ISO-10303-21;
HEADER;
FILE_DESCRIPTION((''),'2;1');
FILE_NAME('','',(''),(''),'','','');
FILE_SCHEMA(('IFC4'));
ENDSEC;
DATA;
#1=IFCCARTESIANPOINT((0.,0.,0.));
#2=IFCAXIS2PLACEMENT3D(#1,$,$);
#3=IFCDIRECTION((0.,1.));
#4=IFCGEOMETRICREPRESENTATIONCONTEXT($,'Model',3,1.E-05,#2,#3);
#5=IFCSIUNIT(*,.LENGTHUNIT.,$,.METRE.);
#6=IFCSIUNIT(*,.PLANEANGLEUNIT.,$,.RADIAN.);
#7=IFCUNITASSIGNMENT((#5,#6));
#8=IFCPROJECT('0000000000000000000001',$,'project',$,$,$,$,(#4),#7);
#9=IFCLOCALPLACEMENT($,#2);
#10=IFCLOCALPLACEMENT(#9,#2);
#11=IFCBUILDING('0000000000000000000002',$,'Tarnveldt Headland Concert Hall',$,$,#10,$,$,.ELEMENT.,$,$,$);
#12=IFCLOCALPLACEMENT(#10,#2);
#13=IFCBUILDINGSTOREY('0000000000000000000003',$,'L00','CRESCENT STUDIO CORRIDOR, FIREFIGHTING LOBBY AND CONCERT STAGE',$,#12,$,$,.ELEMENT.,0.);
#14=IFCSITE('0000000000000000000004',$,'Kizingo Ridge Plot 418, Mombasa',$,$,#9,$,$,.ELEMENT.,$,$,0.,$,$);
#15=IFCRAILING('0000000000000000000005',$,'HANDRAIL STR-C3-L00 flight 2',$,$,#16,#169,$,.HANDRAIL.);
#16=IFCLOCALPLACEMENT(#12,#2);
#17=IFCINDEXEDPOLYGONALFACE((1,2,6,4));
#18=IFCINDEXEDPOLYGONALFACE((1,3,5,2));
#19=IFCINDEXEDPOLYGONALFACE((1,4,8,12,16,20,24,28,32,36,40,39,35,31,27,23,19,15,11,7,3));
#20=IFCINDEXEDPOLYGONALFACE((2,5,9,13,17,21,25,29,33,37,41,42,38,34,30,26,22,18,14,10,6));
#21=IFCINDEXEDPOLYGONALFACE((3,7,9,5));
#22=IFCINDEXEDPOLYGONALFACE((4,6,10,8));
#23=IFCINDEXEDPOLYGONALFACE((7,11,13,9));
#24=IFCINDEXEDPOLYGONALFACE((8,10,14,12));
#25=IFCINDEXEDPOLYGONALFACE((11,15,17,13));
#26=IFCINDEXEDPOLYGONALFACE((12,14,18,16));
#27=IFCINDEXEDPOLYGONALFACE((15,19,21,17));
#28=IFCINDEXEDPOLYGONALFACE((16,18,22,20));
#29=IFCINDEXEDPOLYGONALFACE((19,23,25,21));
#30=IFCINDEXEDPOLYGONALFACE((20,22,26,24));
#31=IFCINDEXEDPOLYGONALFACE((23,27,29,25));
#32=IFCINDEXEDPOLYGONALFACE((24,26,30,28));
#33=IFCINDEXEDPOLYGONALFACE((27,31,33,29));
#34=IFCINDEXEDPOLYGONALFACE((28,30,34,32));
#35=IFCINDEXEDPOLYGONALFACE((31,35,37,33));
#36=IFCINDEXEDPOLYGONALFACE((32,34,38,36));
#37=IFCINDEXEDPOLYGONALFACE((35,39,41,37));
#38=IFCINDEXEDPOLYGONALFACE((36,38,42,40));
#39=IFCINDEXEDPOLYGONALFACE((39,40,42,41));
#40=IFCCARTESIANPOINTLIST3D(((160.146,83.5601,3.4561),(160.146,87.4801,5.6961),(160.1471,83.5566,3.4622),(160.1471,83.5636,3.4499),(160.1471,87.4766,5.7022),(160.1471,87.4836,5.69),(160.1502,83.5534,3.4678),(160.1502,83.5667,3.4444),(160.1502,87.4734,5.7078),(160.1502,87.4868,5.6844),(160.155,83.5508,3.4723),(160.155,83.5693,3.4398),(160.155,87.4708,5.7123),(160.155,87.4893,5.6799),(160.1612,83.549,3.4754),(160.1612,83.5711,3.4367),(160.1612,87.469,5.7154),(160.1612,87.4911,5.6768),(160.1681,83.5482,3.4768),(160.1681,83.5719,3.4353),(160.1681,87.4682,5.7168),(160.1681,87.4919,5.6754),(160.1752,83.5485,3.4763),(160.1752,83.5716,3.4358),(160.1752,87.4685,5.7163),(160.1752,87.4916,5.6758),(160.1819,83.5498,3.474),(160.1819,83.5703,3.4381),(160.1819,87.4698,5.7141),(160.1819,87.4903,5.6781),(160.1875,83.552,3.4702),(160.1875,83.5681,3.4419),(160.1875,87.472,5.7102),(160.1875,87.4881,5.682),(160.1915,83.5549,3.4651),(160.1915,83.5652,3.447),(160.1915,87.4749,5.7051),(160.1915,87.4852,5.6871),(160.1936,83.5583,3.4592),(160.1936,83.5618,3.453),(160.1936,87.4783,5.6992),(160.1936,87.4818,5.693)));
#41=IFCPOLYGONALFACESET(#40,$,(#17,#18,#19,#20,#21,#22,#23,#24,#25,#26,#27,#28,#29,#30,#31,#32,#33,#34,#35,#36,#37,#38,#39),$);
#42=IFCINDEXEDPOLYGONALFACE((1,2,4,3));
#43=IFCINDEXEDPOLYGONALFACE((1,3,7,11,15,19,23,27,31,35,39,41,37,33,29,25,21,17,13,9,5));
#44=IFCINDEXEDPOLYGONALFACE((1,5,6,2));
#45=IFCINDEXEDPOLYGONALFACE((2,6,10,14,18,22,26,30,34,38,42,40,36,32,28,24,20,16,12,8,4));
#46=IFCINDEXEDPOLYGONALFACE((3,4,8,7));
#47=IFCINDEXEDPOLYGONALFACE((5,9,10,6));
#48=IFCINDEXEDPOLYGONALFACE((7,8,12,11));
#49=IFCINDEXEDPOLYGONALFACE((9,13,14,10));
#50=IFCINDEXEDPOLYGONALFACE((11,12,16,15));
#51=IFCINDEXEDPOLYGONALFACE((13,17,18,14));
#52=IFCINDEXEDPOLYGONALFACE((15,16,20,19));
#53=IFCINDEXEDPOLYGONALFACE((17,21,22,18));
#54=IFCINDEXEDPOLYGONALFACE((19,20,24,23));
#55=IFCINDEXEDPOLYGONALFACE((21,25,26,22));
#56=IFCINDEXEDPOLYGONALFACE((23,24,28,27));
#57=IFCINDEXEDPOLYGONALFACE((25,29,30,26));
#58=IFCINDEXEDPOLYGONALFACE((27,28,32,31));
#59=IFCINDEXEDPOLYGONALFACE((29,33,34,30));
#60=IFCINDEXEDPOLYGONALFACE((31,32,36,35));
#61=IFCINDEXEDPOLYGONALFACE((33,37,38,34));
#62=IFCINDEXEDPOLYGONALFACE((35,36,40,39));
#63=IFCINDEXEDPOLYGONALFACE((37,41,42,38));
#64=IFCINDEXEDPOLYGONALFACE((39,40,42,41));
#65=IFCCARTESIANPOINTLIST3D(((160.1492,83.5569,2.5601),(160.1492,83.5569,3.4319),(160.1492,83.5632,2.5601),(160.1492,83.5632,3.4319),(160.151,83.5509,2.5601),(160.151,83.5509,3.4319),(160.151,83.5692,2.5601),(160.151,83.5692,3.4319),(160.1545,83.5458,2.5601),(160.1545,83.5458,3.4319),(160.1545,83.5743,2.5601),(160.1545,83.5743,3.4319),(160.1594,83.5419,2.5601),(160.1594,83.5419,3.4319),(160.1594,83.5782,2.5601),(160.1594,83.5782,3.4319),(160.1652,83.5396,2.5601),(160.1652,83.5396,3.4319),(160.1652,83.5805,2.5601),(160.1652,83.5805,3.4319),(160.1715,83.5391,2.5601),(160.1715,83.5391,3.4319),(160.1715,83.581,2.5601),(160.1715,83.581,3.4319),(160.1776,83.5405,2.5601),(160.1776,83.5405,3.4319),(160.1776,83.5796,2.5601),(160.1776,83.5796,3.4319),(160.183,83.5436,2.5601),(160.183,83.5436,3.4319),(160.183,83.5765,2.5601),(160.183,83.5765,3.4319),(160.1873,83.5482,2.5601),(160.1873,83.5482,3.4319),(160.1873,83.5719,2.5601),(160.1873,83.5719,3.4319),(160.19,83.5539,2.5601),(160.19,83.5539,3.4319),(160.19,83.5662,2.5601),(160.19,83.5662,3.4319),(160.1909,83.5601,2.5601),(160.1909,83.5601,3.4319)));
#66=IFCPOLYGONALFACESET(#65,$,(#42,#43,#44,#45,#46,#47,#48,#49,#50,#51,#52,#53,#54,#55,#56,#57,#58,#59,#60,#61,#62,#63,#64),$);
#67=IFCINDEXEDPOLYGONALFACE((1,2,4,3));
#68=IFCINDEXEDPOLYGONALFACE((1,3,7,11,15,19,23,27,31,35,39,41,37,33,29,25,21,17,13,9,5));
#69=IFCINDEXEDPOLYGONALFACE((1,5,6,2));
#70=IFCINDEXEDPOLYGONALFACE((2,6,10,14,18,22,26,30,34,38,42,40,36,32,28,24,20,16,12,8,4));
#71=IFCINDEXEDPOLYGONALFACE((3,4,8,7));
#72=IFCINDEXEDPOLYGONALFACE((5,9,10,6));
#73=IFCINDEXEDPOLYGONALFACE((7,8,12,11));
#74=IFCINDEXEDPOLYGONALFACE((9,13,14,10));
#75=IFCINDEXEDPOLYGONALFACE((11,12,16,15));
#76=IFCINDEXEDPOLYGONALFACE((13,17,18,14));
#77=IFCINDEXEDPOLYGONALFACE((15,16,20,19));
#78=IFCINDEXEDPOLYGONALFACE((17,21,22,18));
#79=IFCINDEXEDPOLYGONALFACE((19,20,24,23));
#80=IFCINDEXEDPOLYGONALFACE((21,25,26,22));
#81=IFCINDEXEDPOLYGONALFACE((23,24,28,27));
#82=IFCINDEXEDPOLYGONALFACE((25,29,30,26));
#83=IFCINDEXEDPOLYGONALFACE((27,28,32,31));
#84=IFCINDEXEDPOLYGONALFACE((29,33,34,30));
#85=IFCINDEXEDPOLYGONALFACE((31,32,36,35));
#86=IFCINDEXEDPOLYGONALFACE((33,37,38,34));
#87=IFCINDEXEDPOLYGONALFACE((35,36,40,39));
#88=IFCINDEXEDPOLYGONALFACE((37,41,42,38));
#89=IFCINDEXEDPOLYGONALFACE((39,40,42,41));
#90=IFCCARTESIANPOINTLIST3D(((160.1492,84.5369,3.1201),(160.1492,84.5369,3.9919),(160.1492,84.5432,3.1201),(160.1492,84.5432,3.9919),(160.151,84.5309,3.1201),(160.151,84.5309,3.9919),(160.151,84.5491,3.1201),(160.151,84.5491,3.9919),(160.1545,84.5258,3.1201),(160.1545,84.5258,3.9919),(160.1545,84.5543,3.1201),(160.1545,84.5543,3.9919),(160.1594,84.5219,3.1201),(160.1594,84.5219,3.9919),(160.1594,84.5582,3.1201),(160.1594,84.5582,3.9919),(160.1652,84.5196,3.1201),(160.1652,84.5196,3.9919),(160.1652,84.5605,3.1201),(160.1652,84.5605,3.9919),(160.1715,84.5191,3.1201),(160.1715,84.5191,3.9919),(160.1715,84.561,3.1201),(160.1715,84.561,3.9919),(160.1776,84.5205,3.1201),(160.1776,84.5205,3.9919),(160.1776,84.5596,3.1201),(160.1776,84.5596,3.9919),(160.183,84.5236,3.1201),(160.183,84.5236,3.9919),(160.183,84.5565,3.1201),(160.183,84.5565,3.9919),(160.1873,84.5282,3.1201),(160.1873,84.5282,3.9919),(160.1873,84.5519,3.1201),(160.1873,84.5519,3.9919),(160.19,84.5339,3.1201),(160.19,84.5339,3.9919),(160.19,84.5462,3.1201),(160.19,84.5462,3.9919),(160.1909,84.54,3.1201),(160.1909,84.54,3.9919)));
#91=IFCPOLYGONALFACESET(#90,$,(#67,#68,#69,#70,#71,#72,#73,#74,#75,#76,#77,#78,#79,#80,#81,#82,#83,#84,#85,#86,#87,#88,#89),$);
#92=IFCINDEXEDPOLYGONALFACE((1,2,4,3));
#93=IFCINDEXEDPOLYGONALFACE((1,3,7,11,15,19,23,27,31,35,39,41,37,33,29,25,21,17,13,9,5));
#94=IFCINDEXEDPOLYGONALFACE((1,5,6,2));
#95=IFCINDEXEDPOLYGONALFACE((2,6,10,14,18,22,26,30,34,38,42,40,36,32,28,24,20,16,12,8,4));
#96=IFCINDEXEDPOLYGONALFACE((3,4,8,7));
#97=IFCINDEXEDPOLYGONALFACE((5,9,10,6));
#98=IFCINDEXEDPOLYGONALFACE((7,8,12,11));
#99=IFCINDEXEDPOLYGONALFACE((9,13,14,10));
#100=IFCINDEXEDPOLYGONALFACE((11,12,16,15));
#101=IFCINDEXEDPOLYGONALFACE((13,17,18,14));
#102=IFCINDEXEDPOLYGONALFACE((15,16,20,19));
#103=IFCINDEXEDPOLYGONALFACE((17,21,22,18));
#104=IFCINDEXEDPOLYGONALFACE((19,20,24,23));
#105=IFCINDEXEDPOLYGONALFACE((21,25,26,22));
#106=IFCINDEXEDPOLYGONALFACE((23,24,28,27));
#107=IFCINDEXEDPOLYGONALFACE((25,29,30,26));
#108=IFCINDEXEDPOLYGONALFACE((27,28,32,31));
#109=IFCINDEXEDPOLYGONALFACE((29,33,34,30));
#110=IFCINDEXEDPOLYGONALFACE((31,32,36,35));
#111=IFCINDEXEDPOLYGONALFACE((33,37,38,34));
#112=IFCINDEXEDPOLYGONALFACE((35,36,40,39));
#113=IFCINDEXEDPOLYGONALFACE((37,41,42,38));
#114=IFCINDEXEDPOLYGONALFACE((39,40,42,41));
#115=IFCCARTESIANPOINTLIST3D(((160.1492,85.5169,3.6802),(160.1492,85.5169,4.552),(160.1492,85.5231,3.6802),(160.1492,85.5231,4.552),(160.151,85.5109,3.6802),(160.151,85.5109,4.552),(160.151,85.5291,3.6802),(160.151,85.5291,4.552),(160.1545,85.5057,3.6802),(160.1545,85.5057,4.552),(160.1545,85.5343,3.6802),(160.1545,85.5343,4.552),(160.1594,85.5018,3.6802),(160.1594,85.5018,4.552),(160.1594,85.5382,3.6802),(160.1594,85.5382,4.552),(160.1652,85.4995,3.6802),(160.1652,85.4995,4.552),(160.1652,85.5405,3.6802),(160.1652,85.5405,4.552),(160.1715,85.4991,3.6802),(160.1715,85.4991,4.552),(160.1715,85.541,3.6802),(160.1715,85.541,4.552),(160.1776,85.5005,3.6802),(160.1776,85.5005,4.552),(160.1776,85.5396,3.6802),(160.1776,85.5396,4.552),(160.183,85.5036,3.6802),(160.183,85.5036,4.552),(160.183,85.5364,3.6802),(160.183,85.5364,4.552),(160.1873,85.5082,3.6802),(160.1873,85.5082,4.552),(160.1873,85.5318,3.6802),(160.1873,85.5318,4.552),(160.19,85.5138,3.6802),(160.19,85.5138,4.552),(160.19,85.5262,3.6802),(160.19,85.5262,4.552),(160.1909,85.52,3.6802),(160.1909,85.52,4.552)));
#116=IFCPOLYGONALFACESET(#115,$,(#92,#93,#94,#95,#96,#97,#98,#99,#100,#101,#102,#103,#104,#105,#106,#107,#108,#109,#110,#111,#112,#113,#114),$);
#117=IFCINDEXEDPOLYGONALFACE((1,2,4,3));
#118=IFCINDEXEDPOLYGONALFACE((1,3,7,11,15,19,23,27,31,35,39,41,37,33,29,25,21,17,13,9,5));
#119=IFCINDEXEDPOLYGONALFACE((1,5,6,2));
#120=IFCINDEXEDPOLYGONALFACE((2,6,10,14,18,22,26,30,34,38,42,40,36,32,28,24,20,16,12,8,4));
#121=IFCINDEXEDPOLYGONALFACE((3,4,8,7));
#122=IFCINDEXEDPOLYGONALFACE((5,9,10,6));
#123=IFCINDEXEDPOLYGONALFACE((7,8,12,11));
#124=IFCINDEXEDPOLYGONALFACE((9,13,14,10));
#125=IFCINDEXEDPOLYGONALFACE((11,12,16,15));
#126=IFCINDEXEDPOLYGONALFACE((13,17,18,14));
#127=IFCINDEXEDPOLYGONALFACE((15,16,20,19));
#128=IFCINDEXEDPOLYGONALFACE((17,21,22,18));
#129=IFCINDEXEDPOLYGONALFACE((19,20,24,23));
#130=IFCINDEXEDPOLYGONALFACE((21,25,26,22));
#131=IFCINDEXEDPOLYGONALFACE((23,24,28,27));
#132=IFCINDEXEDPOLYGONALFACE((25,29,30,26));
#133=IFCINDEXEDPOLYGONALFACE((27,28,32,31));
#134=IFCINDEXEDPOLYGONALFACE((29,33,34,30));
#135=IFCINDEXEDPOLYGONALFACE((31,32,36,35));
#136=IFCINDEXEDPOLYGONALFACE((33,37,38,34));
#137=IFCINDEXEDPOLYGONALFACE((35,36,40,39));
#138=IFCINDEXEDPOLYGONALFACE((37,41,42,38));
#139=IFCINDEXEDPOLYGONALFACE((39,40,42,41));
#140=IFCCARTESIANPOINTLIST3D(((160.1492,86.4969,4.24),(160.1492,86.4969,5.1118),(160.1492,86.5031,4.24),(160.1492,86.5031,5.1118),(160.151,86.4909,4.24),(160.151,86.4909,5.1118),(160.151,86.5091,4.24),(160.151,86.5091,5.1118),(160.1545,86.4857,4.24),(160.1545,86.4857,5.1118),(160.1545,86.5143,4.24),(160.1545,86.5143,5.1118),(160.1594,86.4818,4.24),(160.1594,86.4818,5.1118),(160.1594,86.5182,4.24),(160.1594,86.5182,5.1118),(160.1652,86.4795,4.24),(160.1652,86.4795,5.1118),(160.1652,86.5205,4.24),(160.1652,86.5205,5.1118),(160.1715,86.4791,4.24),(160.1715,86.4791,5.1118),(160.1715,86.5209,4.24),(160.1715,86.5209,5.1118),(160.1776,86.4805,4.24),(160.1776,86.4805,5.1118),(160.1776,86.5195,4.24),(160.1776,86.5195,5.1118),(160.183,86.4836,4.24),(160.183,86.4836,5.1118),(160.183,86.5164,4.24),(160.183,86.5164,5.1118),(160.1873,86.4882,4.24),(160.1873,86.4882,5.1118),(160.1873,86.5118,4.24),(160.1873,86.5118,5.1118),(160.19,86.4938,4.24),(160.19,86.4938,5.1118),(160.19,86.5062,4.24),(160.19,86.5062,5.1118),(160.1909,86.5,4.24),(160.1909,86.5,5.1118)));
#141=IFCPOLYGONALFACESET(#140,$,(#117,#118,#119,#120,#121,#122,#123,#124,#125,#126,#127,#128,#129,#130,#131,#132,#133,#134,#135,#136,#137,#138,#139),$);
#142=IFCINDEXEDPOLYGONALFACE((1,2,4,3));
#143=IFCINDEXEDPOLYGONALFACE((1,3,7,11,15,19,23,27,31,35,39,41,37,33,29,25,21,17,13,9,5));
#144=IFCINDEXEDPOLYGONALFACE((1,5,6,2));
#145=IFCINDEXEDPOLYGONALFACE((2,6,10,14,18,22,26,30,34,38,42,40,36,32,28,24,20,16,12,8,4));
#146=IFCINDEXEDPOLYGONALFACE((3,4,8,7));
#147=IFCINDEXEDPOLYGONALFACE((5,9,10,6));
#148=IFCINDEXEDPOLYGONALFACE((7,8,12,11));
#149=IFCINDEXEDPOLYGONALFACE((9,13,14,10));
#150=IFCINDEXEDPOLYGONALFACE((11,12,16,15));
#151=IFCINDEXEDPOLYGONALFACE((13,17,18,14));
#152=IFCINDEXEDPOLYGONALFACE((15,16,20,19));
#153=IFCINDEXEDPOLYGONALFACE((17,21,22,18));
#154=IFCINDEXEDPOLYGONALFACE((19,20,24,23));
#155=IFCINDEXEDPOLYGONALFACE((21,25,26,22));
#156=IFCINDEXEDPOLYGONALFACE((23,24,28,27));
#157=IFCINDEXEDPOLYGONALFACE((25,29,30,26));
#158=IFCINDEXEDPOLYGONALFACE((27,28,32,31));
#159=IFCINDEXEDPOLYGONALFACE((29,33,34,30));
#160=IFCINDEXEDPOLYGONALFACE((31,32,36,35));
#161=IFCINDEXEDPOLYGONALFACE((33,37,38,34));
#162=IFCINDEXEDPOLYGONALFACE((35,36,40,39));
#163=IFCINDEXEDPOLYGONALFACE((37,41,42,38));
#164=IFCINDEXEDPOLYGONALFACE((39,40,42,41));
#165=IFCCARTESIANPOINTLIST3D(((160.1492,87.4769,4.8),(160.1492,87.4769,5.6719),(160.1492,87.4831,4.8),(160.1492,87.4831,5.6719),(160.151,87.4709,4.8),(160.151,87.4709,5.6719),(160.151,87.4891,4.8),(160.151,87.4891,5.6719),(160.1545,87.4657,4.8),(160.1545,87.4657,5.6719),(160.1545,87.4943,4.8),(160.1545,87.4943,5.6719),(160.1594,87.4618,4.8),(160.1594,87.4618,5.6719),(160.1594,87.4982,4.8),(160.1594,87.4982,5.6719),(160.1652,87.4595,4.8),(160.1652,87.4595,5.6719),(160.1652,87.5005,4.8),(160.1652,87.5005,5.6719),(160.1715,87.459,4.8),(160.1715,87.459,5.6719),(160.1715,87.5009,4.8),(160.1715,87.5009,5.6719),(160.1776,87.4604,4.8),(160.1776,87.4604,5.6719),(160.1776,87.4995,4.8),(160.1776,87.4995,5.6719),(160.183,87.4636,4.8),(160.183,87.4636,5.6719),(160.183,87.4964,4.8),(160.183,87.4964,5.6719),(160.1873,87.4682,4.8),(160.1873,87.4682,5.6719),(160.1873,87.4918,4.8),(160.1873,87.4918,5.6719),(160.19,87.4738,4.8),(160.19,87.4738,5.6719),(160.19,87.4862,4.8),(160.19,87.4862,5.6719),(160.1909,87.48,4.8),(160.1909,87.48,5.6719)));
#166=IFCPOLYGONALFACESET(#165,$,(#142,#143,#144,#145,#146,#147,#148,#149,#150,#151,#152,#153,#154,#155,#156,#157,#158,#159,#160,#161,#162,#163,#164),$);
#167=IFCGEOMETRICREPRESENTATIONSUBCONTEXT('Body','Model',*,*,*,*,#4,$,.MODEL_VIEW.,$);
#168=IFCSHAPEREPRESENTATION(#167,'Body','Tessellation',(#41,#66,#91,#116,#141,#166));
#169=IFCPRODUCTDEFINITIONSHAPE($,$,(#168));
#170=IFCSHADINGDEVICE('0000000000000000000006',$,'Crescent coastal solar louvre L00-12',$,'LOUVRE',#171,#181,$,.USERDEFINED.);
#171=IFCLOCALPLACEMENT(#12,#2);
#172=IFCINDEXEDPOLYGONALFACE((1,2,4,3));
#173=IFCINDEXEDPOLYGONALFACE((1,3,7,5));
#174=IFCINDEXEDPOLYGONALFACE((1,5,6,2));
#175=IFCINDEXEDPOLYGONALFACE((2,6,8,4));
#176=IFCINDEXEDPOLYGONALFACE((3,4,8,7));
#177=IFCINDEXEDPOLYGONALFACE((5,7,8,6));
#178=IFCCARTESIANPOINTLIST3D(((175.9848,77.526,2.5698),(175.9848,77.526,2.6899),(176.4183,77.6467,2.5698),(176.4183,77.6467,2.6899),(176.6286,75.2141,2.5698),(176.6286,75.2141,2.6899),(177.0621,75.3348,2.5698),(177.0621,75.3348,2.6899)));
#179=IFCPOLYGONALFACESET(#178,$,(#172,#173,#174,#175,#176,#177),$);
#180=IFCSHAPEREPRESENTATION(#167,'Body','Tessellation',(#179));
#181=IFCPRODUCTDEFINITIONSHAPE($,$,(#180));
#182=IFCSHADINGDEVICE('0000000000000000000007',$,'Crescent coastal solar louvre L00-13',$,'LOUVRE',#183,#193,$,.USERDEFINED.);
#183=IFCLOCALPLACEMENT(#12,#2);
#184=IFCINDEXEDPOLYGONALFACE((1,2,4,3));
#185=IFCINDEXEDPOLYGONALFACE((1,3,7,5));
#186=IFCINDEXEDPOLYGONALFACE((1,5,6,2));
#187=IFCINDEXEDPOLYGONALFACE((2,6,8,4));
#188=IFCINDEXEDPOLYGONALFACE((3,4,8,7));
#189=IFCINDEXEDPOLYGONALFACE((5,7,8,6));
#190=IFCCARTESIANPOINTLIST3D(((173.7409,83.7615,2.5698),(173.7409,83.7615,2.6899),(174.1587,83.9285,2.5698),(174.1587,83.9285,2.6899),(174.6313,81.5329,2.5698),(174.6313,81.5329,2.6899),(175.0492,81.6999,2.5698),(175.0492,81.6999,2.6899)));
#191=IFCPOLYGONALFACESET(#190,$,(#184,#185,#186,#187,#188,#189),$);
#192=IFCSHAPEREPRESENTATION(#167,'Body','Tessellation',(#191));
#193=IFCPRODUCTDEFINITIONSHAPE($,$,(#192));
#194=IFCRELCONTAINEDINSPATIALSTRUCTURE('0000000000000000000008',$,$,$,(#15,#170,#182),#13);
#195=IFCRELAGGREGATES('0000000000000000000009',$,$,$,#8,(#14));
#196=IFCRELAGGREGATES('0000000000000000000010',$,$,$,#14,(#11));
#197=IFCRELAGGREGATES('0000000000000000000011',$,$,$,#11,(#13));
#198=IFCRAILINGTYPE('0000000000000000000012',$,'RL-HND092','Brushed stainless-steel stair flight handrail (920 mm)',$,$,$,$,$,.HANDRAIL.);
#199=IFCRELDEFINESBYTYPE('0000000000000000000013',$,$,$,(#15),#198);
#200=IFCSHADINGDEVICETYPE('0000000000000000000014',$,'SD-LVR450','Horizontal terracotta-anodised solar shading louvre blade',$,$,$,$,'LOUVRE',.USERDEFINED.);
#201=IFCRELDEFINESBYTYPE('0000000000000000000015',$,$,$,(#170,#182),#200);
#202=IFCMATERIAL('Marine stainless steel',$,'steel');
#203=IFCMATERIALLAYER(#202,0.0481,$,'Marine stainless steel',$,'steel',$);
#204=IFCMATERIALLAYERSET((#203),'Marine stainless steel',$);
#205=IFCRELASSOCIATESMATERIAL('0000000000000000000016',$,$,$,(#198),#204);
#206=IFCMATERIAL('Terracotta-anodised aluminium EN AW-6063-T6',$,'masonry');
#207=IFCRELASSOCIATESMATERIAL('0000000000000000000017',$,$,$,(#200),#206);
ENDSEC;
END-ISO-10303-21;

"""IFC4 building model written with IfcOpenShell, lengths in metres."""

from ifc_helpers import new_model, si_unit, direction, frame, origin, origin_2d, place, context, subcontext, project, spatial, rectangle, circle, extrude, material, layer, layer_set, type_object, element, save


model = new_model("IFC4")

# Units and contexts
model_context = context("Model", 3, precision=1e-05, world=origin(), true_north=direction((0.0, 1.0)))
body_context = subcontext(model_context, "Body", "Model", "MODEL_VIEW")
ifc_project = project(units=[si_unit("LENGTHUNIT", "METRE"), si_unit("PLANEANGLEUNIT", "RADIAN")], contexts=[model_context])

# Site, building, storey
site_placement = place(None, origin())
site = spatial("IfcSite", under=ifc_project, at=site_placement, Name="Kizingo Ridge Plot 418, Mombasa", CompositionType="ELEMENT", RefElevation=0.0)
building_placement = place(site_placement, origin())
building = spatial("IfcBuilding", under=site, at=building_placement, Name="Tarnveldt Headland Concert Hall", CompositionType="ELEMENT")
storey_placement = place(building_placement, origin())
storey = spatial("IfcBuildingStorey", under=building, at=storey_placement, Name="L00", Description="CRESCENT STUDIO CORRIDOR, FIREFIGHTING LOBBY AND CONCERT STAGE", CompositionType="ELEMENT", Elevation=0.0)

# Railing
ifc_material_1 = material(Name="Marine stainless steel", Category="steel")
ifc_layer_1 = layer(ifc_material_1, 0.0481, Name="Marine stainless steel", Category="steel")
ifc_layer_set_1 = layer_set([ifc_layer_1], Name="Marine stainless steel")
railing_type_1 = type_object("IfcRailingType", Name="RL-HND092", Description="Brushed stainless-steel stair flight handrail (920 mm)", PredefinedType="HANDRAIL", material=ifc_layer_set_1)
railing_1_placement = place(storey_placement, frame((160.1699, 83.5601, 2.5601)))
element("IfcRailing", 1, at=railing_1_placement, inside=storey, type_object=railing_type_1, Name="HANDRAIL STR-C3-L00 flight 2", PredefinedType="HANDRAIL", context=body_context, shape_type="SweptSolid", body=[
    extrude(circle(Radius=0.0239, at=origin_2d()), frame((0.0, 0.0, 0.896), z_axis=(0.0, 0.86824, 0.496145), x_axis=(-1.0, 0.0, 0.0)), (0.0, 0.0, 1.0), 4.5149),
    extrude(circle(Radius=0.021, at=origin_2d()), origin(), (0.0, 0.0, 1.0), 0.8718),
    extrude(circle(Radius=0.021, at=origin_2d()), frame((0.0, 0.98, 0.5601)), (0.0, 0.0, 1.0), 0.8718),
    extrude(circle(Radius=0.021, at=origin_2d()), frame((0.0, 1.96, 1.1201)), (0.0, 0.0, 1.0), 0.8718),
    extrude(circle(Radius=0.021, at=origin_2d()), frame((0.0, 2.9399, 1.6799)), (0.0, 0.0, 1.0), 0.8718),
    extrude(circle(Radius=0.021, at=origin_2d()), frame((0.0, 3.9199, 2.24)), (0.0, 0.0, 1.0), 0.8718),
])

# Shading devices
ifc_material_2 = material(Name="Terracotta-anodised aluminium EN AW-6063-T6", Category="masonry")
shading_device_type = type_object("IfcShadingDeviceType", Name="SD-LVR450", Description="Horizontal terracotta-anodised solar shading louvre blade", ElementType="LOUVRE", PredefinedType="USERDEFINED", material=ifc_material_2)
for number, where, z_axis, x_axis, name in (
    (2, (176.5234, 76.4304, 2.5698), (0.0, 0.0, 1.0), (0.96335, 0.268247, 0.0), "Crescent coastal solar louvre L00-12"),
    (3, (174.395, 82.7307, 2.5698), (0.0, 0.0, 1.0), (0.928615, 0.371044, 0.0), "Crescent coastal solar louvre L00-13"),
):
    element("IfcShadingDevice", number, at=place(storey_placement, frame(where, z_axis=z_axis, x_axis=x_axis)), inside=storey, type_object=shading_device_type, Name=name, ObjectType="LOUVRE", PredefinedType="USERDEFINED", context=body_context, shape_type="SweptSolid", body=[
        extrude(rectangle(XDim=0.45, YDim=2.3999, at=origin_2d()), origin(), (0.0, 0.0, 1.0), 0.1201),
    ])

save(model, "model.ifc")
